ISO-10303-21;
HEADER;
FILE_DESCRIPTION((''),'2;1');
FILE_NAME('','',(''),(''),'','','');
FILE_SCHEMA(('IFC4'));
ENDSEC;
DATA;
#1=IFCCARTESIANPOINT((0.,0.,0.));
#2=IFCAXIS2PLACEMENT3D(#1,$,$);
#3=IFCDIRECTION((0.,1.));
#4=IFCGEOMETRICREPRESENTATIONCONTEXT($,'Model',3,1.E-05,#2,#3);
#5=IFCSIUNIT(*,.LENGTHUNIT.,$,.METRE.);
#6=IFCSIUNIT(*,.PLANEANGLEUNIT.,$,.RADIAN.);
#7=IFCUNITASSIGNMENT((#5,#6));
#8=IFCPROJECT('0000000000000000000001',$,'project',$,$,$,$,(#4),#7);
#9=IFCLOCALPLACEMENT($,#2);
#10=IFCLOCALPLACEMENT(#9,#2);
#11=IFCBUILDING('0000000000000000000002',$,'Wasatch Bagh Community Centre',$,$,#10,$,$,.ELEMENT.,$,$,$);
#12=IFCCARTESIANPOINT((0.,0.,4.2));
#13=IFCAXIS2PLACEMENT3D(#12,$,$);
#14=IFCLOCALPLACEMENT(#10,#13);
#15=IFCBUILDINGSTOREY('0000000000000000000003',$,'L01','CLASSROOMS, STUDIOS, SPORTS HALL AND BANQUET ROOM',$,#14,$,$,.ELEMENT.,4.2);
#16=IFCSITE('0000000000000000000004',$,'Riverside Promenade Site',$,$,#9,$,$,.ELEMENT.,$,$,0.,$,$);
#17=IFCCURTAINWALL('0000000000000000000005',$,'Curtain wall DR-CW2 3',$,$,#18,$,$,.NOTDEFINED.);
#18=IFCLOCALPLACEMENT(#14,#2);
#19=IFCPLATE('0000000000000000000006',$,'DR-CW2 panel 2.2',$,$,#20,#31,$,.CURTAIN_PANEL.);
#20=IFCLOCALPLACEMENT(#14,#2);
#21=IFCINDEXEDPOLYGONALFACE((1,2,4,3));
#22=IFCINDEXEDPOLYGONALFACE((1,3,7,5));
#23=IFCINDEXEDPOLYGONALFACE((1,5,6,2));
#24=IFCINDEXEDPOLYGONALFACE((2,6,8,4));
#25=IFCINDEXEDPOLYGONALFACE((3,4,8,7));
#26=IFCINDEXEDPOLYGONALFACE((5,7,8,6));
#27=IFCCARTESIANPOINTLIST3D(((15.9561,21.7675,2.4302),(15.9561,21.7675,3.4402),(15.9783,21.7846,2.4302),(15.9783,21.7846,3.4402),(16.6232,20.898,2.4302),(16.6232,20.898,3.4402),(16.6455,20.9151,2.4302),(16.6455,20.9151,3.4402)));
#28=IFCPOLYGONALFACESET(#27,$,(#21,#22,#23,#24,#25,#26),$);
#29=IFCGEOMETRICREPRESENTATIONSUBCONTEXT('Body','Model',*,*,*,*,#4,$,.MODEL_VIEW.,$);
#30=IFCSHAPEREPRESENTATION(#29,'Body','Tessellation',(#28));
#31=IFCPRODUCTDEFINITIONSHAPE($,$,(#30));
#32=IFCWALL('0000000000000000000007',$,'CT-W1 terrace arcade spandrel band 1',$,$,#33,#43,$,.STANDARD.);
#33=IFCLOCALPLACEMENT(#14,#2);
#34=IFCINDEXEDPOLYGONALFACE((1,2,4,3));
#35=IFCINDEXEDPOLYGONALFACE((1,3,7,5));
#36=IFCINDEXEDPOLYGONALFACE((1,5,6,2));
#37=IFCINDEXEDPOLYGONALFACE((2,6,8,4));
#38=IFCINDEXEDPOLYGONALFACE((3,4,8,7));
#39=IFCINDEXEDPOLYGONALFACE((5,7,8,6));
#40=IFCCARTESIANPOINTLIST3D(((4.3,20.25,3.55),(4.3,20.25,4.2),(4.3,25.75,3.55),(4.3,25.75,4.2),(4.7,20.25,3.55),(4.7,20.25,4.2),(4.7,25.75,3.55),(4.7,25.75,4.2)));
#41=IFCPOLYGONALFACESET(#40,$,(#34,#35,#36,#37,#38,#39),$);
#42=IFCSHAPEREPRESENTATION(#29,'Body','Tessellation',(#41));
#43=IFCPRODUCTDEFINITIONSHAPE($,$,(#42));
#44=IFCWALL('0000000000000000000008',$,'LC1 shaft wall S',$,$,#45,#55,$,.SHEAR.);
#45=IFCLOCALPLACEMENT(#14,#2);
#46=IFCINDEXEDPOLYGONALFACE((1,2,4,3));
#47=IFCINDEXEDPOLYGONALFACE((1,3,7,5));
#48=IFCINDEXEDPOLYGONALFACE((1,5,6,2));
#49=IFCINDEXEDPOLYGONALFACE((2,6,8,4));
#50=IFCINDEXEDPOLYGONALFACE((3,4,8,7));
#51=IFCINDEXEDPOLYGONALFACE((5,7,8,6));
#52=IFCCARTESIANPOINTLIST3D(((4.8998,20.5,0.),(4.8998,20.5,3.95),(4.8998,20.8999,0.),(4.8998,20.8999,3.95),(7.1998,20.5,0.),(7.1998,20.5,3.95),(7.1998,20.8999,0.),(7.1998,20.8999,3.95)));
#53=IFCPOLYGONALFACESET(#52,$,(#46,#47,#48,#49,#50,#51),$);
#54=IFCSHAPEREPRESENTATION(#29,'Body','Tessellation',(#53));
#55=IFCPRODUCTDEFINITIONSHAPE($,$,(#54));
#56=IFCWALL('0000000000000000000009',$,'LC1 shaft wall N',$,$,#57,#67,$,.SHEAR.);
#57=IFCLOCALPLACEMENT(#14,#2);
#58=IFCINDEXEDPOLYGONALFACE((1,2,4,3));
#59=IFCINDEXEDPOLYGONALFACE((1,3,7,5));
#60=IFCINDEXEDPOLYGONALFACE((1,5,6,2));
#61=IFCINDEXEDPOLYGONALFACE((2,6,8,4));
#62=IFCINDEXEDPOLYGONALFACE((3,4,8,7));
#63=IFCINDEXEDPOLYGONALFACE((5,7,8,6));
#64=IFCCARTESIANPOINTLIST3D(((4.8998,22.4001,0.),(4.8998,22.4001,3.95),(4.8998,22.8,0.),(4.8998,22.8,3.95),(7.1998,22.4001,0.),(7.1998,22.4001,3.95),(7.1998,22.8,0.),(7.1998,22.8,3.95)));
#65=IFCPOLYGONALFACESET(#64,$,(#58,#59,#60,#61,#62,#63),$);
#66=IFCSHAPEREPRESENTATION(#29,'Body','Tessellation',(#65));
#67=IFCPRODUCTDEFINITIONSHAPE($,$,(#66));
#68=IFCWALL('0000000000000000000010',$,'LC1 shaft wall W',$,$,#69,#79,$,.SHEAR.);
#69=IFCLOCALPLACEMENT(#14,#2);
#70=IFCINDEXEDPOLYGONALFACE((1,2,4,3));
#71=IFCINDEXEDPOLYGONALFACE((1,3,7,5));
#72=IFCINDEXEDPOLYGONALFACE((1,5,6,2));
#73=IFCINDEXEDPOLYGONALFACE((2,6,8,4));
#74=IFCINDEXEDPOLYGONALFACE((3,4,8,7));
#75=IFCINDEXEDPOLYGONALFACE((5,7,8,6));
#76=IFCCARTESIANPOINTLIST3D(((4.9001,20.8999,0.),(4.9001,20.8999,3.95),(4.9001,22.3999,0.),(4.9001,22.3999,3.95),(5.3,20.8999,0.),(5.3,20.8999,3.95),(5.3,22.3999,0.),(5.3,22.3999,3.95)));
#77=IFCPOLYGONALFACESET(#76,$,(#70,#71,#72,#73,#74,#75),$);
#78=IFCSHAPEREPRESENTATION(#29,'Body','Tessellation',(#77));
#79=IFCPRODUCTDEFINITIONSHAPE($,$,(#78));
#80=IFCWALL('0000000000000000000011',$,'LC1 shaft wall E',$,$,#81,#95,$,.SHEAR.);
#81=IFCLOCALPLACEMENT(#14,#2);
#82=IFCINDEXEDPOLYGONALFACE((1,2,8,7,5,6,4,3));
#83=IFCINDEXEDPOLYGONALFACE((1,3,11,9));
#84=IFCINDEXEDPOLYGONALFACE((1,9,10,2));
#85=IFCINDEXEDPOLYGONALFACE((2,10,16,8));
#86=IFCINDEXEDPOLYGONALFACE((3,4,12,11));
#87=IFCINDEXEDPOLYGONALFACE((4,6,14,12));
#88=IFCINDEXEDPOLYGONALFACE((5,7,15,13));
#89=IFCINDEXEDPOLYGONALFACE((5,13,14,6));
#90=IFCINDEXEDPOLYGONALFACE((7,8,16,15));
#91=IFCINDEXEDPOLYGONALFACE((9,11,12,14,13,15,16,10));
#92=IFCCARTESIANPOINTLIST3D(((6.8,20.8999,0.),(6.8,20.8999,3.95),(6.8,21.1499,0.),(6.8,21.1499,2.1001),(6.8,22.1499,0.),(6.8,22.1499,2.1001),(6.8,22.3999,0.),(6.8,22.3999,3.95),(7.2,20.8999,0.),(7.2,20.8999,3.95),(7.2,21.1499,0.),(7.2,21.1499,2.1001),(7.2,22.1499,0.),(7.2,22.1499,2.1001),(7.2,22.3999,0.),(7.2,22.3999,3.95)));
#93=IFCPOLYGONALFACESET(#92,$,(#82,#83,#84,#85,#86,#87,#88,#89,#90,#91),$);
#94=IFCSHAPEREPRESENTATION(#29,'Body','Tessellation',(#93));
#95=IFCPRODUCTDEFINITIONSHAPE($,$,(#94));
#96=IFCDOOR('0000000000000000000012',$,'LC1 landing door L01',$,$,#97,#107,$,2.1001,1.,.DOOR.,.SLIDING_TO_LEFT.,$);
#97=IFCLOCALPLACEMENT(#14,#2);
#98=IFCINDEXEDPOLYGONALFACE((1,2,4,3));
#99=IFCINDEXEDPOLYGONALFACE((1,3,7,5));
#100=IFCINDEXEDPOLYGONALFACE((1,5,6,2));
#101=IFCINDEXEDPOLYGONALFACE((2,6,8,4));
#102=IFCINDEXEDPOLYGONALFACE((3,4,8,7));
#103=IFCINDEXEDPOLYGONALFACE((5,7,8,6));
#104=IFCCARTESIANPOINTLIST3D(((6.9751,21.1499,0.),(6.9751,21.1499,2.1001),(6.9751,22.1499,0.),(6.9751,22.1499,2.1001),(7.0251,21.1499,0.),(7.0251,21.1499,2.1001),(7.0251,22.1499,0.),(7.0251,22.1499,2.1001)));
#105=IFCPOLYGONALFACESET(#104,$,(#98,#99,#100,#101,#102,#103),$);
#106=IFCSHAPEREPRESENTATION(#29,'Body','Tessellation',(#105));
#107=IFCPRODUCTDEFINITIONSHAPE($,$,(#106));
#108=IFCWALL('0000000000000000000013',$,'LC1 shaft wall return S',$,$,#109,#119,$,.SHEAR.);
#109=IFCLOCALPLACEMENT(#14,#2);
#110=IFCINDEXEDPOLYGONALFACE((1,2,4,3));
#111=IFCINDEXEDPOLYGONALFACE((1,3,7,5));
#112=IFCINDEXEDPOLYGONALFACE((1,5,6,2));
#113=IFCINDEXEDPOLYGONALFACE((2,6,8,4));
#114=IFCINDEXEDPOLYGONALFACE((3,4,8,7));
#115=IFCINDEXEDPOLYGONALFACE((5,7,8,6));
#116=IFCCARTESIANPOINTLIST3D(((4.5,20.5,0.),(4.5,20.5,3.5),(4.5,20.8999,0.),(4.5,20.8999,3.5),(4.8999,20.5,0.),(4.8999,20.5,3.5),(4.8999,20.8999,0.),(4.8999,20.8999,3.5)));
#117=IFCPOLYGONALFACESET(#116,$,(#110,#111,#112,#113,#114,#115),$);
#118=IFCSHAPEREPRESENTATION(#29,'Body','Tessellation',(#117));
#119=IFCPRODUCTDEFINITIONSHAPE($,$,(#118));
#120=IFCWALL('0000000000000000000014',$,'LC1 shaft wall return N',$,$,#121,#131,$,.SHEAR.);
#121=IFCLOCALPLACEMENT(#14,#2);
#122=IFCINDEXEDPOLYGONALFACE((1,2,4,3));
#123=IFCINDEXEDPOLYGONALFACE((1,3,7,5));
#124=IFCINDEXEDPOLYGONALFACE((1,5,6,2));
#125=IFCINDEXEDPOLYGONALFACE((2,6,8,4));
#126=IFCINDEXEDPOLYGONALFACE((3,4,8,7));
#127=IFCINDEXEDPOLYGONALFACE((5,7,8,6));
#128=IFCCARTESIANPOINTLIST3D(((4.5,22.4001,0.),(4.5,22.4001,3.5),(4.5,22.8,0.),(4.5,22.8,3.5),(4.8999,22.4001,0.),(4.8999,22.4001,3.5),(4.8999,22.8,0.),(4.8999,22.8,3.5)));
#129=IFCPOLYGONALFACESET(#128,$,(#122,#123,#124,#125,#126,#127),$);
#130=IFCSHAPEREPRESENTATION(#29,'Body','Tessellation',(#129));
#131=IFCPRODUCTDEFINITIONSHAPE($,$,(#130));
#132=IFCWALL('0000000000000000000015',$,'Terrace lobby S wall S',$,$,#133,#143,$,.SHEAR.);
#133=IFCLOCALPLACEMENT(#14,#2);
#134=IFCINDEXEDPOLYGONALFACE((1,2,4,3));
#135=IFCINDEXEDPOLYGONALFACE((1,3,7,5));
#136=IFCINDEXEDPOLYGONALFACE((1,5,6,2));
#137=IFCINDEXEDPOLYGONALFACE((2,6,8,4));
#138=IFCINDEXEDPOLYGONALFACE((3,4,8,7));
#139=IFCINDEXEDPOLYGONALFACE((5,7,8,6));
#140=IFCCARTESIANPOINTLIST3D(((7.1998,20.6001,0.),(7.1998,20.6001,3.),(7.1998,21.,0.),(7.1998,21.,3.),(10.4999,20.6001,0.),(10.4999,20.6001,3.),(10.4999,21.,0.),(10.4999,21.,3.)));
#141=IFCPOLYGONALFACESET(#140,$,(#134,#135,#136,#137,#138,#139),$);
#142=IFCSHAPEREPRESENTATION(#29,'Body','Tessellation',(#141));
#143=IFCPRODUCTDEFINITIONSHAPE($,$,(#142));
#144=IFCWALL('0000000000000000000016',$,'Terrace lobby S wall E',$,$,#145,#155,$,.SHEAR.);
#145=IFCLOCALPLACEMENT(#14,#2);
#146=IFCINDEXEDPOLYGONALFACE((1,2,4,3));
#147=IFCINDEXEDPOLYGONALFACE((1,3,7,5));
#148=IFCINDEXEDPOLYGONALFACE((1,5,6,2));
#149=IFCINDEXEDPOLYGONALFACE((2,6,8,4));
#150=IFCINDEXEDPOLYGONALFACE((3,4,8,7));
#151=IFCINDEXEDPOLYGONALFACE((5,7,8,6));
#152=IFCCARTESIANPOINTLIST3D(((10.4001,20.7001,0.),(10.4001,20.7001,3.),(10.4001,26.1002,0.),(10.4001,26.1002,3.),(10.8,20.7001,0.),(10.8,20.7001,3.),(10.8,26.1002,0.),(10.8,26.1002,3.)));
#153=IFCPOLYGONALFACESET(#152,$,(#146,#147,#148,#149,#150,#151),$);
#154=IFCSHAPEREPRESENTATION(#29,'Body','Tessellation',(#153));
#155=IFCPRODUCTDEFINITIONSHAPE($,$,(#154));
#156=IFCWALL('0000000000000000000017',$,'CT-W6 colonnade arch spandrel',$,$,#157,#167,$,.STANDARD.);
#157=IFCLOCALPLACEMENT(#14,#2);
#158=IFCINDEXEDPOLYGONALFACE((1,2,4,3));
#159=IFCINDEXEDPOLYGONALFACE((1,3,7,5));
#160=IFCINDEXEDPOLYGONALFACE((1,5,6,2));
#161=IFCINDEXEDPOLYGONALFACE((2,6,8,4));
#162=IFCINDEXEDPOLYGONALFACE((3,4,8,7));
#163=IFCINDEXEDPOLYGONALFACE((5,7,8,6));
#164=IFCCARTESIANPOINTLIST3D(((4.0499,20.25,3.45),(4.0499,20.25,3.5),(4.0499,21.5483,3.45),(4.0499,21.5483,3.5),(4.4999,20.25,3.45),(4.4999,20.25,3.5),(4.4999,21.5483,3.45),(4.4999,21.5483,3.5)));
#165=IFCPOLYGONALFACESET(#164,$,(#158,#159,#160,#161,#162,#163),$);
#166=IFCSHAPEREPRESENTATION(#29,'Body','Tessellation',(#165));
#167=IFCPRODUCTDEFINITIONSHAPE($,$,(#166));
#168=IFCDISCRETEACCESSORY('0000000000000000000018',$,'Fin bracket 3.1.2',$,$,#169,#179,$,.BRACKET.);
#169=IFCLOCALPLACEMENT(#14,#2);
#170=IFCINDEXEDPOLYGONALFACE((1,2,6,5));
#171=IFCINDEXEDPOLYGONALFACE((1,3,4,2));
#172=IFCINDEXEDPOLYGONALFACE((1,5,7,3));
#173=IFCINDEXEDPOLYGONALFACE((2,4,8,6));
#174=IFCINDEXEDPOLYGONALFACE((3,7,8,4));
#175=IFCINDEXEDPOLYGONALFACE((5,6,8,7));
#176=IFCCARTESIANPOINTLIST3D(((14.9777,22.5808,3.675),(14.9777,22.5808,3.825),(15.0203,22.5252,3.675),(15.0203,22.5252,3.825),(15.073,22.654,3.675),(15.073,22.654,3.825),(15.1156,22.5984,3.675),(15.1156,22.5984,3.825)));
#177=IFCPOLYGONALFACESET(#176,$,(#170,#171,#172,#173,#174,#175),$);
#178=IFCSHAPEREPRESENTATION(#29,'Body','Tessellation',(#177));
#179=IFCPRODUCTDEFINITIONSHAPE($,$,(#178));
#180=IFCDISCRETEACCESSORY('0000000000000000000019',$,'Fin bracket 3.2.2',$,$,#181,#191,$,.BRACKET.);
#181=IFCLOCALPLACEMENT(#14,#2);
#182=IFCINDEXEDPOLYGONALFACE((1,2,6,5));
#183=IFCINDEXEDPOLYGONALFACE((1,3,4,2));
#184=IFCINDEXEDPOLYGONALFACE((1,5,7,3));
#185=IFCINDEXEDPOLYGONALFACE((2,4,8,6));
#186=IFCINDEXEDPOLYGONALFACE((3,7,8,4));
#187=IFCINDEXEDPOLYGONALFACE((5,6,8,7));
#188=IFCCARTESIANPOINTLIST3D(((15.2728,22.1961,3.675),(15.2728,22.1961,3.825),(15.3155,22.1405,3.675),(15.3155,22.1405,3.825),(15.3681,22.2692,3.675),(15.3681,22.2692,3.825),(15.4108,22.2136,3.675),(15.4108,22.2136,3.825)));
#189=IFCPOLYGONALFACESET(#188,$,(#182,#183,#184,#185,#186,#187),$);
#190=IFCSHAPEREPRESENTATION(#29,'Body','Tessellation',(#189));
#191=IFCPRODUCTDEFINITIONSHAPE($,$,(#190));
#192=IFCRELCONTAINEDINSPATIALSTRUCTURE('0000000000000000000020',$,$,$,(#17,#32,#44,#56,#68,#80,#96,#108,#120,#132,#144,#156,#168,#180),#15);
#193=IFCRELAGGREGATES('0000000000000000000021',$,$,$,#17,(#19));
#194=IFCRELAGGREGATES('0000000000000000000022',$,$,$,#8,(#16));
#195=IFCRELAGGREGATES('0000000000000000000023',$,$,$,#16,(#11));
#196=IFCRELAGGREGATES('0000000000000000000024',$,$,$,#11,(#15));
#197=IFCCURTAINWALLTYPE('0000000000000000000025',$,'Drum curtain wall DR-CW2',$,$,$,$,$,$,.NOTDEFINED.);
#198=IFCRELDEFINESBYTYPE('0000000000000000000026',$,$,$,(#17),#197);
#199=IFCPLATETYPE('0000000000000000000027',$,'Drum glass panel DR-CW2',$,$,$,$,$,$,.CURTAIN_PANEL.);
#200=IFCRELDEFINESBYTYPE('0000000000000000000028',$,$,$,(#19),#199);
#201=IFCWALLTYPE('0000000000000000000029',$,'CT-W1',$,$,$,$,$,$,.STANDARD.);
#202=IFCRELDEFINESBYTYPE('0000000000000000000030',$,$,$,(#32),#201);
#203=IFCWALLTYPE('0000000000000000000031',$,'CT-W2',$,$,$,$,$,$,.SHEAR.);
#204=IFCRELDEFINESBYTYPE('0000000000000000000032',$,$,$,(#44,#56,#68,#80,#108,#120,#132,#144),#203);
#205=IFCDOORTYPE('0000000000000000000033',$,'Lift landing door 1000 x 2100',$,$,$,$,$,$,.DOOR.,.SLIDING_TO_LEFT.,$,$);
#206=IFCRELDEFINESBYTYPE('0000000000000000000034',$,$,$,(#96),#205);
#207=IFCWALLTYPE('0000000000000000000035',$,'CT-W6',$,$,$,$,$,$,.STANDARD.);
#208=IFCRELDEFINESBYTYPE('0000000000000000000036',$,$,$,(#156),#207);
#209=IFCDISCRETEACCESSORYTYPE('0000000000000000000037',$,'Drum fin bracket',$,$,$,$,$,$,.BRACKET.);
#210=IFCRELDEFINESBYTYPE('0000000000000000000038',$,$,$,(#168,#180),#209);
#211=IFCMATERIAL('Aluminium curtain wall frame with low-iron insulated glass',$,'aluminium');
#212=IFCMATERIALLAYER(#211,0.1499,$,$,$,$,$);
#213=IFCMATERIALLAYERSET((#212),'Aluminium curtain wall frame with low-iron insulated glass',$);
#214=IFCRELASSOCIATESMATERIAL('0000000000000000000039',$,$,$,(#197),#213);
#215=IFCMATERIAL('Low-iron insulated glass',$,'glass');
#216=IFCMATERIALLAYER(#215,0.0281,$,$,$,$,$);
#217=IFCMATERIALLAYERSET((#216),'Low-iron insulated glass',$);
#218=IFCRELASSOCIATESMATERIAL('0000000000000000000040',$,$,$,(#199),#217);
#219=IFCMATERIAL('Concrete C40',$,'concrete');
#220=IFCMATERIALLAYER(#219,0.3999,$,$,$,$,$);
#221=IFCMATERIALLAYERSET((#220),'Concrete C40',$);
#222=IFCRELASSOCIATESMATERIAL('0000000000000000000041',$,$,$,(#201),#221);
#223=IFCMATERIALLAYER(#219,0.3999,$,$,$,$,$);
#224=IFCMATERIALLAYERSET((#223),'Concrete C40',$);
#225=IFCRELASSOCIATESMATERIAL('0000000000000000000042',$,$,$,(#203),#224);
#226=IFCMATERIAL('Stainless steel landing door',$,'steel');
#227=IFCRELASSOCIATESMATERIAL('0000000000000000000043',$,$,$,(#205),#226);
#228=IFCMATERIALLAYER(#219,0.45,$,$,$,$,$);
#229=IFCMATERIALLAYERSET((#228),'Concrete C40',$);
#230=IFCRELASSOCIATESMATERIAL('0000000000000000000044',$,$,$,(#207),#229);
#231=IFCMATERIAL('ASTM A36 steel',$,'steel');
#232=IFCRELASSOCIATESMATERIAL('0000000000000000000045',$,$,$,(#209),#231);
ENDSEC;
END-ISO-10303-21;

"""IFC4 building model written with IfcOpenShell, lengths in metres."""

from ifc_helpers import new_model, si_unit, direction, frame, frame_2d, origin, origin_2d, place, context, subcontext, project, spatial, rectangle, extrude, material, layer, layer_set, type_object, element, fill, aggregate, save


model = new_model("IFC4")

# Units and contexts
model_context = context("Model", 3, precision=1e-05, world=origin(), true_north=direction((0.0, 1.0)))
body_context = subcontext(model_context, "Body", "Model", "MODEL_VIEW")
ifc_project = project(units=[si_unit("LENGTHUNIT", "METRE"), si_unit("PLANEANGLEUNIT", "RADIAN")], contexts=[model_context])

# Site, building, storey
site_placement = place(None, origin())
site = spatial("IfcSite", under=ifc_project, at=site_placement, Name="Riverside Promenade Site", CompositionType="ELEMENT", RefElevation=0.0)
building_placement = place(site_placement, origin())
building = spatial("IfcBuilding", under=site, at=building_placement, Name="Wasatch Bagh Community Centre", CompositionType="ELEMENT")
storey_placement = place(building_placement, frame((0.0, 0.0, 4.2)))
storey = spatial("IfcBuildingStorey", under=building, at=storey_placement, Name="L01", Description="CLASSROOMS, STUDIOS, SPORTS HALL AND BANQUET ROOM", CompositionType="ELEMENT", Elevation=4.2)

# Curtain wall, plate
ifc_material_1 = material(Name="Aluminium curtain wall frame with low-iron insulated glass", Category="aluminium")
ifc_layer_1 = layer(ifc_material_1, 0.1499)
ifc_layer_set_1 = layer_set([ifc_layer_1], Name="Aluminium curtain wall frame with low-iron insulated glass")
curtain_wall_type = type_object("IfcCurtainWallType", Name="Drum curtain wall DR-CW2", PredefinedType="NOTDEFINED", material=ifc_layer_set_1)
curtain_wall_placement = place(storey_placement, origin())
curtain_wall = element("IfcCurtainWall", 1, at=curtain_wall_placement, inside=storey, type_object=curtain_wall_type, Name="Curtain wall DR-CW2 3", PredefinedType="NOTDEFINED")
ifc_material_2 = material(Name="Low-iron insulated glass", Category="glass")
ifc_layer_2 = layer(ifc_material_2, 0.0281)
ifc_layer_set_2 = layer_set([ifc_layer_2], Name="Low-iron insulated glass")
plate_type = type_object("IfcPlateType", Name="Drum glass panel DR-CW2", PredefinedType="CURTAIN_PANEL", material=ifc_layer_set_2)
plate_1_placement = place(storey_placement, frame((16.3008, 21.3413, 2.4302), z_axis=(0.0, 0.0, 1.0), x_axis=(0.608761, -0.793353, 0.0)))
plate_1 = element("IfcPlate", 2, at=plate_1_placement, type_object=plate_type, Name="DR-CW2 panel 2.2", PredefinedType="CURTAIN_PANEL", context=body_context, shape_type="SweptSolid", body=[
    extrude(rectangle(XDim=1.0959, YDim=0.0281, at=origin_2d()), origin(), (0.0, 0.0, 1.0), 1.01),
])
aggregate(curtain_wall, [plate_1])

# Walls
ifc_material_3 = material(Name="Concrete C40", Category="concrete")
ifc_layer_3 = layer(ifc_material_3, 0.3999)
ifc_layer_set_3 = layer_set([ifc_layer_3], Name="Concrete C40")
wall_type_1 = type_object("IfcWallType", Name="CT-W1", PredefinedType="STANDARD", material=ifc_layer_set_3)
wall_1_placement = place(storey_placement, frame((4.5, 20.25, 3.55), z_axis=(0.0, 0.0, 1.0), x_axis=(0.0, 1.0, 0.0)))
element("IfcWall", 3, at=wall_1_placement, inside=storey, type_object=wall_type_1, Name="CT-W1 terrace arcade spandrel band 1", PredefinedType="STANDARD", context=body_context, shape_type="SweptSolid", body=[
    extrude(rectangle(XDim=5.5, YDim=0.3999, at=frame_2d((2.75, 0.0))), origin(), (0.0, 0.0, 1.0), 0.6499),
])
ifc_layer_4 = layer(ifc_material_3, 0.3999)
ifc_layer_set_4 = layer_set([ifc_layer_4], Name="Concrete C40")
wall_type_2 = type_object("IfcWallType", Name="CT-W2", PredefinedType="SHEAR", material=ifc_layer_set_4)
for number, where, z_axis, x_axis, name in (
    (4, (4.8999, 20.7, 0.0), (0.0, 0.0, 1.0), (1.0, 0.0, 0.0), "LC1 shaft wall S"),
    (5, (4.8999, 22.6001, 0.0), (0.0, 0.0, 1.0), (1.0, 0.0, 0.0), "LC1 shaft wall N"),
):
    element("IfcWall", number, at=place(storey_placement, frame(where, z_axis=z_axis, x_axis=x_axis)), inside=storey, type_object=wall_type_2, Name=name, PredefinedType="SHEAR", context=body_context, shape_type="SweptSolid", body=[
        extrude(rectangle(XDim=2.3, YDim=0.3999, at=frame_2d((1.1499, 0.0))), origin(), (0.0, 0.0, 1.0), 3.95),
    ])
wall_2_placement = place(storey_placement, frame((5.1001, 20.8999, 0.0), z_axis=(0.0, 0.0, 1.0), x_axis=(0.0, 1.0, 0.0)))
element("IfcWall", 6, at=wall_2_placement, inside=storey, type_object=wall_type_2, Name="LC1 shaft wall W", PredefinedType="SHEAR", context=body_context, shape_type="SweptSolid", body=[
    extrude(rectangle(XDim=1.5, YDim=0.3999, at=frame_2d((0.75, 0.0))), origin(), (0.0, 0.0, 1.0), 3.95),
])

# Wall, opening, door
wall_3_placement = place(storey_placement, frame((7.0, 20.8999, 0.0), z_axis=(0.0, 0.0, 1.0), x_axis=(0.0, 1.0, 0.0)))
wall_3 = element("IfcWall", 7, at=wall_3_placement, inside=storey, type_object=wall_type_2, Name="LC1 shaft wall E", PredefinedType="SHEAR", context=body_context, shape_type="SweptSolid", body=[
    extrude(rectangle(XDim=1.5, YDim=0.3999, at=frame_2d((0.75, 0.0))), origin(), (0.0, 0.0, 1.0), 3.95),
])
opening_placement = place(wall_3_placement, frame((0.25, 0.0, 0.0)))
opening = element("IfcOpeningElement", 8, at=opening_placement, cuts=wall_3, PredefinedType="OPENING", context=body_context, shape_type="SweptSolid", body=[
    extrude(rectangle(XDim=1.0, YDim=2.1001, at=frame_2d((0.5, 1.05))), frame((0.0, 0.21, 0.0), z_axis=(0.0, -1.0, 0.0), x_axis=(1.0, 0.0, 0.0)), (0.0, 0.0, 1.0), 0.4199),
])
ifc_material_4 = material(Name="Stainless steel landing door", Category="steel")
door_type = type_object("IfcDoorType", Name="Lift landing door 1000 x 2100", OperationType="SLIDING_TO_LEFT", PredefinedType="DOOR", material=ifc_material_4)
door_placement = place(opening_placement, origin())
door = element("IfcDoor", 9, at=door_placement, inside=storey, type_object=door_type, Name="LC1 landing door L01", OperationType="SLIDING_TO_LEFT", OverallHeight=2.1001, OverallWidth=1.0, PredefinedType="DOOR", context=body_context, shape_type="SweptSolid", body=[
    extrude(rectangle(XDim=1.0, YDim=2.1001, at=frame_2d((0.5, 1.05))), frame((0.0, 0.0249, 0.0), z_axis=(0.0, -1.0, 0.0), x_axis=(1.0, 0.0, 0.0)), (0.0, 0.0, 1.0), 0.05),
])
fill(opening, door)

# Walls
for number, where, z_axis, x_axis, name in (
    (10, (4.5, 20.7, 0.0), (0.0, 0.0, 1.0), (1.0, 0.0, 0.0), "LC1 shaft wall return S"),
    (11, (4.5, 22.6001, 0.0), (0.0, 0.0, 1.0), (1.0, 0.0, 0.0), "LC1 shaft wall return N"),
):
    element("IfcWall", number, at=place(storey_placement, frame(where, z_axis=z_axis, x_axis=x_axis)), inside=storey, type_object=wall_type_2, Name=name, PredefinedType="SHEAR", context=body_context, shape_type="SweptSolid", body=[
        extrude(rectangle(XDim=0.3999, YDim=0.3999, at=frame_2d((0.2, 0.0))), origin(), (0.0, 0.0, 1.0), 3.5),
    ])
wall_4_placement = place(storey_placement, frame((7.2, 20.8, 0.0), z_axis=(0.0, 0.0, 1.0), x_axis=(1.0, 0.0, 0.0)))
element("IfcWall", 12, at=wall_4_placement, inside=storey, type_object=wall_type_2, Name="Terrace lobby S wall S", PredefinedType="SHEAR", context=body_context, shape_type="SweptSolid", body=[
    extrude(rectangle(XDim=3.3, YDim=0.3999, at=frame_2d((1.6499, 0.0))), origin(), (0.0, 0.0, 1.0), 3.0),
])
wall_5_placement = place(storey_placement, frame((10.6001, 20.7, 0.0), z_axis=(0.0, 0.0, 1.0), x_axis=(0.0, 1.0, 0.0)))
element("IfcWall", 13, at=wall_5_placement, inside=storey, type_object=wall_type_2, Name="Terrace lobby S wall E", PredefinedType="SHEAR", context=body_context, shape_type="SweptSolid", body=[
    extrude(rectangle(XDim=5.4001, YDim=0.3999, at=frame_2d((2.7002, 0.0))), origin(), (0.0, 0.0, 1.0), 3.0),
])
ifc_layer_5 = layer(ifc_material_3, 0.45)
ifc_layer_set_5 = layer_set([ifc_layer_5], Name="Concrete C40")
wall_type_3 = type_object("IfcWallType", Name="CT-W6", PredefinedType="STANDARD", material=ifc_layer_set_5)
wall_6_placement = place(storey_placement, frame((4.2749, 20.25, 3.45), z_axis=(0.0, 0.0, 1.0), x_axis=(0.0, 1.0, 0.0)))
element("IfcWall", 14, at=wall_6_placement, inside=storey, type_object=wall_type_3, Name="CT-W6 colonnade arch spandrel", PredefinedType="STANDARD", context=body_context, shape_type="SweptSolid", body=[
    extrude(rectangle(XDim=1.2983, YDim=0.45, at=frame_2d((0.6492, 0.0))), origin(), (0.0, 0.0, 1.0), 0.05),
])

# Discrete accessories
ifc_material_5 = material(Name="ASTM A36 steel", Category="steel")
discrete_accessory_type = type_object("IfcDiscreteAccessoryType", Name="Drum fin bracket", PredefinedType="BRACKET", material=ifc_material_5)
for number, where, z_axis, x_axis, name in (
    (15, (15.0466, 22.5896, 3.675), (0.0, 0.0, 1.0), (0.608761, -0.793353, 0.0), "Fin bracket 3.1.2"),
    (16, (15.3418, 22.2048, 3.675), (0.0, 0.0, 1.0), (0.608761, -0.793353, 0.0), "Fin bracket 3.2.2"),
):
    element("IfcDiscreteAccessory", number, at=place(storey_placement, frame(where, z_axis=z_axis, x_axis=x_axis)), inside=storey, type_object=discrete_accessory_type, Name=name, PredefinedType="BRACKET", context=body_context, shape_type="SweptSolid", body=[
        extrude(rectangle(XDim=0.0701, YDim=0.1201, at=origin_2d()), origin(), (0.0, 0.0, 1.0), 0.1499),
    ])

save(model, "model.ifc")
